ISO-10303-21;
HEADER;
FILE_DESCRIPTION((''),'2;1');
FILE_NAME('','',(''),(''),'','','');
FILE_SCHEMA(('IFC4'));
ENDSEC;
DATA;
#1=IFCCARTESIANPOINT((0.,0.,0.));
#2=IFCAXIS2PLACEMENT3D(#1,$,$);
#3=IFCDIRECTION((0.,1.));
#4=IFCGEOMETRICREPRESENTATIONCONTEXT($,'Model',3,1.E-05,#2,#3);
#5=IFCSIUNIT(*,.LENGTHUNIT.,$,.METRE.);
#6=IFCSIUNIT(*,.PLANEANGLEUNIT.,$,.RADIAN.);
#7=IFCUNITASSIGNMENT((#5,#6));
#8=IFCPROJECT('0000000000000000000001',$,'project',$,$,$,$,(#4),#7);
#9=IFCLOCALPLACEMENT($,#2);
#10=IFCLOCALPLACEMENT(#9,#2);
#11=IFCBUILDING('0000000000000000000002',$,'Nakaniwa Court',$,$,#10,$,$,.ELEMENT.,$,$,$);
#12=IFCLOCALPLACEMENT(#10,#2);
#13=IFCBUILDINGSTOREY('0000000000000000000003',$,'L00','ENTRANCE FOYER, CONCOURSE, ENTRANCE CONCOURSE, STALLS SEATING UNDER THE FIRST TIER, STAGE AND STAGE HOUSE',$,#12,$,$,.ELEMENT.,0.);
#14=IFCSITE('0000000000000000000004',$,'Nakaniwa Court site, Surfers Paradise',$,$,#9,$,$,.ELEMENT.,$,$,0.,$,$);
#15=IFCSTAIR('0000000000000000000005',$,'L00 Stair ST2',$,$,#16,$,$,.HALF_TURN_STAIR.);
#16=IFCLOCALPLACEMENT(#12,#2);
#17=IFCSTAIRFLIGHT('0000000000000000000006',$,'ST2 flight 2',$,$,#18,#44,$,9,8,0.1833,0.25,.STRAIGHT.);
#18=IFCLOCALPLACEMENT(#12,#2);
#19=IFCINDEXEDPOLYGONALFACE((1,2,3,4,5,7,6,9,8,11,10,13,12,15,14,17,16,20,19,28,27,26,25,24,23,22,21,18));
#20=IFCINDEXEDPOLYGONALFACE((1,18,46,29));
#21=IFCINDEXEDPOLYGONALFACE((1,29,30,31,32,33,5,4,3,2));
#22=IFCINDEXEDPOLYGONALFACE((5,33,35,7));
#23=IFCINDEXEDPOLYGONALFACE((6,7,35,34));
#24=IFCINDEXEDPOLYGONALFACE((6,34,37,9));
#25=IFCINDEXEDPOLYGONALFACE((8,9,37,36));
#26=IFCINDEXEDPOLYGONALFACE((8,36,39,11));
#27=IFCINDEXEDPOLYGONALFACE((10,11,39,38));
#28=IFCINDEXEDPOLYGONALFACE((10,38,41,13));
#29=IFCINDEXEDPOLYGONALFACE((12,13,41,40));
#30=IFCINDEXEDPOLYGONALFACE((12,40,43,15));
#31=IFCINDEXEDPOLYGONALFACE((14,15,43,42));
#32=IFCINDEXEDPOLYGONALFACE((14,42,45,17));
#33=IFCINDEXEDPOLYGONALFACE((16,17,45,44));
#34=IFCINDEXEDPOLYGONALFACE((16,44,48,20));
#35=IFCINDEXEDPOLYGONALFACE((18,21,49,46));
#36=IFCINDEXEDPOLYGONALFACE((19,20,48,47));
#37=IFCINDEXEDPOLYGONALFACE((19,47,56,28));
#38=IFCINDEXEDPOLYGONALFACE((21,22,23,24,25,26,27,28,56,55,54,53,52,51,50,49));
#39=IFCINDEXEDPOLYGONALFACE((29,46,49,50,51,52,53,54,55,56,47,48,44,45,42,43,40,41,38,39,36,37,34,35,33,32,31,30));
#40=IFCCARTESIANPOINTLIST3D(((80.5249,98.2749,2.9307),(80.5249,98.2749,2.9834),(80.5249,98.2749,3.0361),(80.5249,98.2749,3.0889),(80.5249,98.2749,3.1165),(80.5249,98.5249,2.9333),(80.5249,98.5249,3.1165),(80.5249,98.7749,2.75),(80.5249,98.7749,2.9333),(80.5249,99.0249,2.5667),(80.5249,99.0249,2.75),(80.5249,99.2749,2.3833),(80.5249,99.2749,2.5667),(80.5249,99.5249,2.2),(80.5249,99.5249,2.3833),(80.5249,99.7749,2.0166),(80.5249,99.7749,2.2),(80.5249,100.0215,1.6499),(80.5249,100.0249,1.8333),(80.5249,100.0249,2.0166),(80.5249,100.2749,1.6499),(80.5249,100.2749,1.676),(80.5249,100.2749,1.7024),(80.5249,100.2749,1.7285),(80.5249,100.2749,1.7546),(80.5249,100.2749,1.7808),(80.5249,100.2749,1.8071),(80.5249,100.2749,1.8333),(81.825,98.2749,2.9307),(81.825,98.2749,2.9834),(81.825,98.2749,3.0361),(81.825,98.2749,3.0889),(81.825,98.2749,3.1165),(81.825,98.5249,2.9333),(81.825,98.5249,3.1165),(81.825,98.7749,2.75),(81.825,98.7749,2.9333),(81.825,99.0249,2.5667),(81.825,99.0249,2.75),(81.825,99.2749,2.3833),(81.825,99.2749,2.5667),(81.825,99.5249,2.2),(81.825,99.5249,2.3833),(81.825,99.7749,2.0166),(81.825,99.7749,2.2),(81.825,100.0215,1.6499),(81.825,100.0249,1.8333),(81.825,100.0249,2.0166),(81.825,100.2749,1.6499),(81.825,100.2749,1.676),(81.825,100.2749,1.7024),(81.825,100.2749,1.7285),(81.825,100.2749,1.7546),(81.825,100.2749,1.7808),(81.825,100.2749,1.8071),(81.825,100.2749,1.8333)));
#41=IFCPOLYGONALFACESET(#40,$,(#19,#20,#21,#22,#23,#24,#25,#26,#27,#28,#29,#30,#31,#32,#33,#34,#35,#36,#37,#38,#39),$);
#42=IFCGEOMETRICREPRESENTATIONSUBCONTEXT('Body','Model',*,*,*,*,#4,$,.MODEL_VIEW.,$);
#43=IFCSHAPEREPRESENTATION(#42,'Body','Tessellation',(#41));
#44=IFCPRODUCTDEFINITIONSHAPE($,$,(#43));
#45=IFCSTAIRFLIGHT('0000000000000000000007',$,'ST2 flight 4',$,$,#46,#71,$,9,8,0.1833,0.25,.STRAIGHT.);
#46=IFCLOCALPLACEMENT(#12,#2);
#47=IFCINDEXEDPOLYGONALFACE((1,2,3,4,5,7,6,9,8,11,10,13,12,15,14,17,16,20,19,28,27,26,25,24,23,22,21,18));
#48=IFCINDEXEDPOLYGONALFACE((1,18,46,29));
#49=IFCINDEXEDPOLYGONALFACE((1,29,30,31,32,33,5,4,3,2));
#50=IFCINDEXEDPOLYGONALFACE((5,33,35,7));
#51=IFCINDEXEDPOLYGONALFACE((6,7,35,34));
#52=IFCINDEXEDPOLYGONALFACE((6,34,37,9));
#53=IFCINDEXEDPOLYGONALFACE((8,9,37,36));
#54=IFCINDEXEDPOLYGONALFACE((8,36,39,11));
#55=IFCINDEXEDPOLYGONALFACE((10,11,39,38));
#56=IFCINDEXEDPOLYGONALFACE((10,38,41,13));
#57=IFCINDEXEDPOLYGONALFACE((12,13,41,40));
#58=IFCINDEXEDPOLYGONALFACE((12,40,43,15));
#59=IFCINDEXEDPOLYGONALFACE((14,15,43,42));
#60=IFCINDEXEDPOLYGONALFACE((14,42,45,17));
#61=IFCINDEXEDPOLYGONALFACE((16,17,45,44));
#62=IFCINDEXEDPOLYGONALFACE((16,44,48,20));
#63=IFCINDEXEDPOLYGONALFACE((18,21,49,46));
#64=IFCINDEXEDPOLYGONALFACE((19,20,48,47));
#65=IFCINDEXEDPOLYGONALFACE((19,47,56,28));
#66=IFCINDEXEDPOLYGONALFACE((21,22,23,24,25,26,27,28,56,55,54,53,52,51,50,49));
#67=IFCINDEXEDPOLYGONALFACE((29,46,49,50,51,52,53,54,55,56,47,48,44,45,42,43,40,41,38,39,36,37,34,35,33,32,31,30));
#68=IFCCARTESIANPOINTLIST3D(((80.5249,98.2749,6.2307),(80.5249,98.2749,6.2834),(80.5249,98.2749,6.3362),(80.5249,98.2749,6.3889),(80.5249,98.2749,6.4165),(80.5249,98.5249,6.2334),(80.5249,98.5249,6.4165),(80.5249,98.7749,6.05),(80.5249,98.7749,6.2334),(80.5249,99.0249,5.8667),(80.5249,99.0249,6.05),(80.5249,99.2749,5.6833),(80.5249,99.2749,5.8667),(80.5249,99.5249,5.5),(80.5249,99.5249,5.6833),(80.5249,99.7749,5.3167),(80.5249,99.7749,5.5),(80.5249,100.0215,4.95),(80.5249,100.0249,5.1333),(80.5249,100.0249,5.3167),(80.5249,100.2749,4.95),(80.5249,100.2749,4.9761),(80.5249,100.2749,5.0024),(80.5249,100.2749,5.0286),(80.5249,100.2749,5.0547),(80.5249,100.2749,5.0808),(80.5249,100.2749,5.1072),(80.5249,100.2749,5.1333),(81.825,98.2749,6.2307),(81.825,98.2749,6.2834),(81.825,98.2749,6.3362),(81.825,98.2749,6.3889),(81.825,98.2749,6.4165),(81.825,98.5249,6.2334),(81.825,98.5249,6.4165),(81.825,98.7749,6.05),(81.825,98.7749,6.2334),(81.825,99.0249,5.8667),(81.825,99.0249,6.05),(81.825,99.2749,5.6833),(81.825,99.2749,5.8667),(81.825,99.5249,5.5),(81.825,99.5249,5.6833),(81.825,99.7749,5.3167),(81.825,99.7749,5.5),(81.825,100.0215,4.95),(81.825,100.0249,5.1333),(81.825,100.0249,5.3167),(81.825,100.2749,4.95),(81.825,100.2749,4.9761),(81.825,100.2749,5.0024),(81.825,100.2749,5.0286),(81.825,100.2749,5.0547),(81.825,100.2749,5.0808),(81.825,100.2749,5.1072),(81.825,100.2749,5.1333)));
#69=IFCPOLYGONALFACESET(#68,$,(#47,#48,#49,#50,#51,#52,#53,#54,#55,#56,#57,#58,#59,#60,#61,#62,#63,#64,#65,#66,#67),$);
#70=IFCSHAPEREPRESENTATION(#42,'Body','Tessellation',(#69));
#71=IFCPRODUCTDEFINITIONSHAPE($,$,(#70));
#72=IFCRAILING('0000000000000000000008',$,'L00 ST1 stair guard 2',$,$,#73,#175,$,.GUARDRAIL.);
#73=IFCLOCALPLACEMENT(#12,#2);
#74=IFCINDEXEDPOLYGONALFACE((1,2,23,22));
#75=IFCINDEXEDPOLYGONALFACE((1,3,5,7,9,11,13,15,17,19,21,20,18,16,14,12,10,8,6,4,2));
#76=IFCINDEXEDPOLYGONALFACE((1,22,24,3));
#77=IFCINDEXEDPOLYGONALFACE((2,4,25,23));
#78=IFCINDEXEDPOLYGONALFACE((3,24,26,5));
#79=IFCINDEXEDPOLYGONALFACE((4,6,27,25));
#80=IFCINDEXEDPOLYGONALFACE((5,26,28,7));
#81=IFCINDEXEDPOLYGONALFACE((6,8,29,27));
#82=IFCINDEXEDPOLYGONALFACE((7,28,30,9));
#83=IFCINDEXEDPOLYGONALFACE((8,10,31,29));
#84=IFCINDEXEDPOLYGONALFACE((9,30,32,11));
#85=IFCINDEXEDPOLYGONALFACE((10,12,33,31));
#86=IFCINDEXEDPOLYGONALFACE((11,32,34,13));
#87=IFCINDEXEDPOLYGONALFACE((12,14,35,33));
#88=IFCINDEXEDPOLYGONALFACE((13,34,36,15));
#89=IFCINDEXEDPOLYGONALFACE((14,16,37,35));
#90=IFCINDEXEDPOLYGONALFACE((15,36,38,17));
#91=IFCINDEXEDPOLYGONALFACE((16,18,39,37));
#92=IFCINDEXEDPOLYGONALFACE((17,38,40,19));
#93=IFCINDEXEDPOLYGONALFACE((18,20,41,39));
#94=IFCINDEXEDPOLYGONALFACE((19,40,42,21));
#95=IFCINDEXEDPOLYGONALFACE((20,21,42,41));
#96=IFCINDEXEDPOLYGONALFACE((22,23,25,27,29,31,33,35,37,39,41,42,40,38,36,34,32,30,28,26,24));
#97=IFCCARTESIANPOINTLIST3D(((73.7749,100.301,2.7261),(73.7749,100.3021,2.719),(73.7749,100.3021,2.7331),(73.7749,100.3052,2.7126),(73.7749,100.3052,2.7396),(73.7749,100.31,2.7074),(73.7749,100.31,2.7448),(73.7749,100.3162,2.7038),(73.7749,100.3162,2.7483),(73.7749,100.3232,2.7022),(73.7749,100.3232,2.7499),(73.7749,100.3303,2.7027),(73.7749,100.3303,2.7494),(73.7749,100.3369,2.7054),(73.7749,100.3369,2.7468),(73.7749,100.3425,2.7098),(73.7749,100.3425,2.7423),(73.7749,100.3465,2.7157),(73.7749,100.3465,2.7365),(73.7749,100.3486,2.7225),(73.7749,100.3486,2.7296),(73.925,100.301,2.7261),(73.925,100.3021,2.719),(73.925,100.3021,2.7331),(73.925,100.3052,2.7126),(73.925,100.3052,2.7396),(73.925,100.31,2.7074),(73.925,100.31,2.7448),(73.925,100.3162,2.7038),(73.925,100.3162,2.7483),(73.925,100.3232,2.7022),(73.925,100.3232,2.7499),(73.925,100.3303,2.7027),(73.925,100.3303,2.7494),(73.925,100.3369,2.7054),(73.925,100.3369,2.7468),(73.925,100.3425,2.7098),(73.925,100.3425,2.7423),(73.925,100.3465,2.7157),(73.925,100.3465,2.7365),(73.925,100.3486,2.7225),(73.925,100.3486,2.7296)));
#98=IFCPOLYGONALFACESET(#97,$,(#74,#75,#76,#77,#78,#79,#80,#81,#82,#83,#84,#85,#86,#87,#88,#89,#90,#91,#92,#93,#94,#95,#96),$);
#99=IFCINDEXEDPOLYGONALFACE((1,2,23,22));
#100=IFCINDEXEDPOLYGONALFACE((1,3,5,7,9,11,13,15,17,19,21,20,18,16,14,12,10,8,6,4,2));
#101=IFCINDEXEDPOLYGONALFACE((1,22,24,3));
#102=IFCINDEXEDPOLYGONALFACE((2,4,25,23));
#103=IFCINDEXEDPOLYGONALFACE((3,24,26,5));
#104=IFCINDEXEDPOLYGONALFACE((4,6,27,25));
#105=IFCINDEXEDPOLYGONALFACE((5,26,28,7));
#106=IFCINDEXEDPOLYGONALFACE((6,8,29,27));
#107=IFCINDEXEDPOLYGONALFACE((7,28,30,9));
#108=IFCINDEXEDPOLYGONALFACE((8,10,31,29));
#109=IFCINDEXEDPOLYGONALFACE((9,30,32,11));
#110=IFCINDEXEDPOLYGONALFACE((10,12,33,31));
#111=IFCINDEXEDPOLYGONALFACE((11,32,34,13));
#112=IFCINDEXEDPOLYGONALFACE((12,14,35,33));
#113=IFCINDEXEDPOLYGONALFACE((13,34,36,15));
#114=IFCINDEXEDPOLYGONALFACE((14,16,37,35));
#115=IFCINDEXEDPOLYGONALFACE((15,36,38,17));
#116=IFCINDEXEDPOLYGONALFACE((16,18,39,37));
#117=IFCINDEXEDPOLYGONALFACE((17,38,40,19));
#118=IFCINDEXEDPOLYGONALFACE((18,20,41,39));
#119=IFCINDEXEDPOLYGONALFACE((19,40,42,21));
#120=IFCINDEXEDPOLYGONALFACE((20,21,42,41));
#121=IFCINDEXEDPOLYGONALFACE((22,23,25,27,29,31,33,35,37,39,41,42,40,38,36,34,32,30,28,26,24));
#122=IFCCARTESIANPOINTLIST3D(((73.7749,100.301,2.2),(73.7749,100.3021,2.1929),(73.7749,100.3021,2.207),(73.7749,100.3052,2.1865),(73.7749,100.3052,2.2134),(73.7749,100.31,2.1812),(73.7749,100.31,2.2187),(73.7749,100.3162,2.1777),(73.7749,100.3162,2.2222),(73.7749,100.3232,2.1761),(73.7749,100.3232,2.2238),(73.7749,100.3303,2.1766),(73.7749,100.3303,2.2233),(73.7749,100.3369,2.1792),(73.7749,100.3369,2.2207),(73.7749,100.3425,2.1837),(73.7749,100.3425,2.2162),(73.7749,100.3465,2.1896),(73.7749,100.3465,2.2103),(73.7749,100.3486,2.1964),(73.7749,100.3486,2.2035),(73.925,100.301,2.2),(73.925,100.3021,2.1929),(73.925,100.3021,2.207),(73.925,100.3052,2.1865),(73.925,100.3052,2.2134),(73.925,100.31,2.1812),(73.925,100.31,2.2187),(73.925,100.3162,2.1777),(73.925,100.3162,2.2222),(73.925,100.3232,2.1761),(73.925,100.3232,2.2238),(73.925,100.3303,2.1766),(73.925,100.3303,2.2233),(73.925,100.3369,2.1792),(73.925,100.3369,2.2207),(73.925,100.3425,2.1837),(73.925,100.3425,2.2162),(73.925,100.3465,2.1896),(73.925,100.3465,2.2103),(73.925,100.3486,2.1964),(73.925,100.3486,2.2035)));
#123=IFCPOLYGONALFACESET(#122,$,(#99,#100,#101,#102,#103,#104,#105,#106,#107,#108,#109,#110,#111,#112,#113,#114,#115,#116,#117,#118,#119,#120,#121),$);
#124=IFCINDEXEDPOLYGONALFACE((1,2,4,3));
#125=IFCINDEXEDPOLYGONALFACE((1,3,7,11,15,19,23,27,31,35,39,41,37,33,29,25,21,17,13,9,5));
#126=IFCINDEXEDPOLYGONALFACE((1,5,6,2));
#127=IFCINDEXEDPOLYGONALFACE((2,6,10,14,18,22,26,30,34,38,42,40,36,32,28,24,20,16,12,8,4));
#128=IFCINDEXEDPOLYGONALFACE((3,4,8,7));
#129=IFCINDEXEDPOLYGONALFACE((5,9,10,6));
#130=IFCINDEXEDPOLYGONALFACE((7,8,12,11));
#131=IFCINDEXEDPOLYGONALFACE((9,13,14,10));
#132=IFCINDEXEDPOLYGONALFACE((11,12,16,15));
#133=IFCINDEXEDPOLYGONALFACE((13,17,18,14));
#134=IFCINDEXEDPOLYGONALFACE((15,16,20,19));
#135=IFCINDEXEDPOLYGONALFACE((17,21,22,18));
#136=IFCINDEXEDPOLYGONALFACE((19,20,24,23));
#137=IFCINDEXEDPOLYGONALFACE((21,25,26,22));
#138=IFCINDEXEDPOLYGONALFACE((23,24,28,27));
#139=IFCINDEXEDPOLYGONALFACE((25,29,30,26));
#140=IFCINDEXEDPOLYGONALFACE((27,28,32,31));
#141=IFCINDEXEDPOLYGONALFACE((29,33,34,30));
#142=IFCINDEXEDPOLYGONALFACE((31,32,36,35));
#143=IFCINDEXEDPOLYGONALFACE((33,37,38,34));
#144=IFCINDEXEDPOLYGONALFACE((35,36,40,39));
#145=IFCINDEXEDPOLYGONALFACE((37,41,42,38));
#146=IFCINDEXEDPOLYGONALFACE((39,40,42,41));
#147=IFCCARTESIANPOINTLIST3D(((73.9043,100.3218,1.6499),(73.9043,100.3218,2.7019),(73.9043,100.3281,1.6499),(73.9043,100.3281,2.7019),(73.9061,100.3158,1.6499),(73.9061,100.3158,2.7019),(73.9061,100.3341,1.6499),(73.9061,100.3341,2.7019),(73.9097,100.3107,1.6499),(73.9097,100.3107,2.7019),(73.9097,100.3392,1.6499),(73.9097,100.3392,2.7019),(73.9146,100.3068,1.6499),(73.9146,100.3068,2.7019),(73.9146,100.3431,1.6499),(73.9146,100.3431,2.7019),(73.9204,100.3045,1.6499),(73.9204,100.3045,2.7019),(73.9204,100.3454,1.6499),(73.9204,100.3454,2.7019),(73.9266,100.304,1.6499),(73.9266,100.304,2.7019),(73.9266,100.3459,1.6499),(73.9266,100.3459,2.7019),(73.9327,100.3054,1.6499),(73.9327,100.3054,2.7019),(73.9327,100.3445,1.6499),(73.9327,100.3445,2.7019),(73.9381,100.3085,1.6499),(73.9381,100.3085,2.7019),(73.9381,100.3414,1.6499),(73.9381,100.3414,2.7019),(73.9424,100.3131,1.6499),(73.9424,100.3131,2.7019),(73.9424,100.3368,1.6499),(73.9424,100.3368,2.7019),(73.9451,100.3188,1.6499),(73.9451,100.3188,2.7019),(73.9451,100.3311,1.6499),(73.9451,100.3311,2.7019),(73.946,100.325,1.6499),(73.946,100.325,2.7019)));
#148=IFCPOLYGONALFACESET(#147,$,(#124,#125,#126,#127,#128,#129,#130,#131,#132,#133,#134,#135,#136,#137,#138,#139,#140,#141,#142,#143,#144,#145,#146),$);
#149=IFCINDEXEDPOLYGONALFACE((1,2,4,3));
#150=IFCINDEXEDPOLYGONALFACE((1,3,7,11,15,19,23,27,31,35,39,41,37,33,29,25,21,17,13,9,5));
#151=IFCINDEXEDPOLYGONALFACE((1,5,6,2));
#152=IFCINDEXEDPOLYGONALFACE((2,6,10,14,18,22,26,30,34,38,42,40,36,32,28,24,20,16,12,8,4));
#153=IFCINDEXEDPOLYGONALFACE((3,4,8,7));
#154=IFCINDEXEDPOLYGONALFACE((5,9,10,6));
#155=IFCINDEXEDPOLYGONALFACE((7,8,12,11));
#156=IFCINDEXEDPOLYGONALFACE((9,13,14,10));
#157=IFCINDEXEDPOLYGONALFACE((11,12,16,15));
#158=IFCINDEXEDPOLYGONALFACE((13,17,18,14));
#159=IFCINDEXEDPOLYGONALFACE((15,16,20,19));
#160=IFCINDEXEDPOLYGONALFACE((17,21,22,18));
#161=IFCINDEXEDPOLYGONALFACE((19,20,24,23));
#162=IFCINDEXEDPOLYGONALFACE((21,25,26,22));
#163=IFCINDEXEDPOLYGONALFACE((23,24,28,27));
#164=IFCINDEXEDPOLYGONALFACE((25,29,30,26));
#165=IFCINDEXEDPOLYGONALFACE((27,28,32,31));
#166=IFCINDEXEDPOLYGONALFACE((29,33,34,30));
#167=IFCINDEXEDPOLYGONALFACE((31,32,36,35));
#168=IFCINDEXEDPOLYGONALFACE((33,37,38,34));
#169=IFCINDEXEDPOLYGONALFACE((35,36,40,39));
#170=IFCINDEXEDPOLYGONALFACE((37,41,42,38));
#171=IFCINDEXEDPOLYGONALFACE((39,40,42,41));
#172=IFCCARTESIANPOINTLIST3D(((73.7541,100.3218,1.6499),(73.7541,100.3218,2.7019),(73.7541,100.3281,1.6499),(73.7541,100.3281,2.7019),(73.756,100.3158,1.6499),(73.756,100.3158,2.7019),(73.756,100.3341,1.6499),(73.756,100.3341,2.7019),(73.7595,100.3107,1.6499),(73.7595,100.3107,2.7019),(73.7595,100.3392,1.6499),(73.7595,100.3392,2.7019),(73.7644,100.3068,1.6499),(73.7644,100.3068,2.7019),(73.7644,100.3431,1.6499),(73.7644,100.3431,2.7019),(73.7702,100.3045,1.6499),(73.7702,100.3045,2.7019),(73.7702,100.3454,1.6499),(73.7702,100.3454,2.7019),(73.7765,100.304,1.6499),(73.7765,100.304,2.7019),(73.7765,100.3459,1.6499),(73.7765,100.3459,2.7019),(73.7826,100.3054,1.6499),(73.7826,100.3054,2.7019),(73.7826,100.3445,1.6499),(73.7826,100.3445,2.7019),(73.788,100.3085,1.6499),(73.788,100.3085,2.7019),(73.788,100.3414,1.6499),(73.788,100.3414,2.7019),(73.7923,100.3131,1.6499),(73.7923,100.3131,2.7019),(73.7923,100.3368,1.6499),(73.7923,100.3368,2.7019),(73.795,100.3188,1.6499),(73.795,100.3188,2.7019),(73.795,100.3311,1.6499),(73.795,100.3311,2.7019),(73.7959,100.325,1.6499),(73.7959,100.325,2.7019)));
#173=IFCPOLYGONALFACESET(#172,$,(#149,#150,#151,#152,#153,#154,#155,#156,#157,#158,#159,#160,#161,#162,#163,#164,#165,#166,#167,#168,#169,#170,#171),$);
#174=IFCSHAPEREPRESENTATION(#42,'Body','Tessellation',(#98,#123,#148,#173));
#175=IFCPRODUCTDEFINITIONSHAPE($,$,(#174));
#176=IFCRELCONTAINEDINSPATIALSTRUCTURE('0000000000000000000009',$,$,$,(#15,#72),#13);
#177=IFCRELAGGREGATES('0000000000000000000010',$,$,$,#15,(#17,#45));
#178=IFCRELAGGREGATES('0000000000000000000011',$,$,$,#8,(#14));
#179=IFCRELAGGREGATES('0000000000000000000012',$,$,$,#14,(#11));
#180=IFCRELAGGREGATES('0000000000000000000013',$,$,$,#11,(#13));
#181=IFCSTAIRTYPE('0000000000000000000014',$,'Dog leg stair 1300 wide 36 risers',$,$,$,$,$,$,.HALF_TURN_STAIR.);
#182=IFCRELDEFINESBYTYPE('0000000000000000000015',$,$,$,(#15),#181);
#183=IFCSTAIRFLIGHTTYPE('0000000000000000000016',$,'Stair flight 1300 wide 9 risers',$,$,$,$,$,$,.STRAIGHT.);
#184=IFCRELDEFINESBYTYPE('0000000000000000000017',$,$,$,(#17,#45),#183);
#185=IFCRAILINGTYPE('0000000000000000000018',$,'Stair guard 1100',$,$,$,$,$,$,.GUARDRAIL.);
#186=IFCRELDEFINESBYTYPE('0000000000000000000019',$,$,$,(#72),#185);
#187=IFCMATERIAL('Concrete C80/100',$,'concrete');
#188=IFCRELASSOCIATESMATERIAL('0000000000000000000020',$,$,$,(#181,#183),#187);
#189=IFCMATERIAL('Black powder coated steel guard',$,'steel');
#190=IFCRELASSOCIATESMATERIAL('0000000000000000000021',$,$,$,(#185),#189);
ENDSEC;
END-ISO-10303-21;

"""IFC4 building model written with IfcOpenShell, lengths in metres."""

from ifc_helpers import new_model, si_unit, direction, frame, origin, origin_2d, place, context, subcontext, project, spatial, polyline, circle, outline, extrude, material, type_object, element, aggregate, save


model = new_model("IFC4")

# Units and contexts
model_context = context("Model", 3, precision=1e-05, world=origin(), true_north=direction((0.0, 1.0)))
body_context = subcontext(model_context, "Body", "Model", "MODEL_VIEW")
ifc_project = project(units=[si_unit("LENGTHUNIT", "METRE"), si_unit("PLANEANGLEUNIT", "RADIAN")], contexts=[model_context])

# Site, building, storey
site_placement = place(None, origin())
site = spatial("IfcSite", under=ifc_project, at=site_placement, Name="Nakaniwa Court site, Surfers Paradise", CompositionType="ELEMENT", RefElevation=0.0)
building_placement = place(site_placement, origin())
building = spatial("IfcBuilding", under=site, at=building_placement, Name="Nakaniwa Court", CompositionType="ELEMENT")
storey_placement = place(building_placement, origin())
storey = spatial("IfcBuildingStorey", under=building, at=storey_placement, Name="L00", Description="ENTRANCE FOYER, CONCOURSE, ENTRANCE CONCOURSE, STALLS SEATING UNDER THE FIRST TIER, STAGE AND STAGE HOUSE", CompositionType="ELEMENT", Elevation=0.0)

# Stair, stair flights
ifc_material_1 = material(Name="Concrete C80/100", Category="concrete")
stair_type = type_object("IfcStairType", Name="Dog leg stair 1300 wide 36 risers", PredefinedType="HALF_TURN_STAIR", material=ifc_material_1)
stair_flight_type = type_object("IfcStairFlightType", Name="Stair flight 1300 wide 9 risers", PredefinedType="STRAIGHT", material=ifc_material_1)
stair_1_placement = place(storey_placement, origin())
stair_1 = element("IfcStair", 1, at=stair_1_placement, inside=storey, type_object=stair_type, Name="L00 Stair ST2", PredefinedType="HALF_TURN_STAIR")
stair_flight_1_placement = place(storey_placement, frame((81.175, 100.2749, 1.6499), z_axis=(0.0, 0.0, 1.0), x_axis=(0.0, -1.0, 0.0)))
stair_flight_1 = element("IfcStairFlight", 2, at=stair_flight_1_placement, type_object=stair_flight_type, Name="ST2 flight 2", NumberOfRisers=9, NumberOfTreads=8, PredefinedType="STRAIGHT", RiserHeight=0.1833, TreadLength=0.25, context=body_context, shape_type="SweptSolid", body=[
    extrude(outline(polyline([(0.0, 0.0), (0.0, 0.0261), (0.0, 0.0525), (0.0, 0.0786), (0.0, 0.1047), (0.0, 0.1309), (0.0, 0.1572), (0.0, 0.1833), (0.25, 0.1833), (0.25, 0.3667), (0.5, 0.3667), (0.5, 0.55), (0.75, 0.55), (0.75, 0.7334), (1.0, 0.7334), (1.0, 0.9167), (1.25, 0.9167), (1.25, 1.1001), (1.5, 1.1001), (1.5, 1.2834), (1.75, 1.2834), (1.75, 1.4666), (2.0, 1.4666), (2.0, 1.6499), (2.0, 1.5972), (2.0, 1.5444), (2.0, 1.4917), (2.0, 1.439), (2.0, 1.3862), (2.0, 1.3335), (2.0, 1.2808), (0.2534, 0.0), (0.0, 0.0)])), frame((0.0, 0.6499, 0.0), z_axis=(0.0, -1.0, 0.0), x_axis=(1.0, 0.0, 0.0)), (0.0, 0.0, 1.0), 1.3),
])
stair_flight_2_placement = place(storey_placement, frame((81.175, 100.2749, 4.95), z_axis=(0.0, 0.0, 1.0), x_axis=(0.0, -1.0, 0.0)))
stair_flight_2 = element("IfcStairFlight", 3, at=stair_flight_2_placement, type_object=stair_flight_type, Name="ST2 flight 4", NumberOfRisers=9, NumberOfTreads=8, PredefinedType="STRAIGHT", RiserHeight=0.1833, TreadLength=0.25, context=body_context, shape_type="SweptSolid", body=[
    extrude(outline(polyline([(0.0, 0.0), (0.0, 0.0261), (0.0, 0.0525), (0.0, 0.0786), (0.0, 0.1047), (0.0, 0.1309), (0.0, 0.1572), (0.0, 0.1833), (0.25, 0.1833), (0.25, 0.3667), (0.5, 0.3667), (0.5, 0.55), (0.75, 0.55), (0.75, 0.7334), (1.0, 0.7334), (1.0, 0.9167), (1.25, 0.9167), (1.25, 1.1001), (1.5, 1.1001), (1.5, 1.2834), (1.75, 1.2834), (1.75, 1.4666), (2.0, 1.4666), (2.0, 1.6499), (2.0, 1.5972), (2.0, 1.5444), (2.0, 1.4917), (2.0, 1.439), (2.0, 1.3862), (2.0, 1.3335), (2.0, 1.2808), (0.2534, 0.0), (0.0, 0.0)])), frame((0.0, 0.6499, 0.0), z_axis=(0.0, -1.0, 0.0), x_axis=(1.0, 0.0, 0.0)), (0.0, 0.0, 1.0), 1.3),
])
aggregate(stair_1, [stair_flight_1, stair_flight_2])

# Railing
ifc_material_2 = material(Name="Black powder coated steel guard", Category="steel")
railing_type_1 = type_object("IfcRailingType", Name="Stair guard 1100", PredefinedType="GUARDRAIL", material=ifc_material_2)
railing_1_placement = place(storey_placement, frame((73.925, 100.325, 1.6499)))
element("IfcRailing", 4, at=railing_1_placement, inside=storey, type_object=railing_type_1, Name="L00 ST1 stair guard 2", PredefinedType="GUARDRAIL", context=body_context, shape_type="SweptSolid", body=[
    extrude(circle(Radius=0.0239, at=origin_2d()), frame((0.0, 0.0, 1.0762), z_axis=(-1.0, 0.0, 0.0), x_axis=(0.0, -1.0, 0.0)), (0.0, 0.0, 1.0), 0.1501),
    extrude(circle(Radius=0.0239, at=origin_2d()), frame((0.0, 0.0, 0.55), z_axis=(-1.0, 0.0, 0.0), x_axis=(0.0, -1.0, 0.0)), (0.0, 0.0, 1.0), 0.1501),
    extrude(circle(Radius=0.021, at=origin_2d()), origin(), (0.0, 0.0, 1.0), 1.052),
    extrude(circle(Radius=0.021, at=origin_2d()), frame((-0.1501, 0.0, 0.0)), (0.0, 0.0, 1.0), 1.052),
])

save(model, "model.ifc")
